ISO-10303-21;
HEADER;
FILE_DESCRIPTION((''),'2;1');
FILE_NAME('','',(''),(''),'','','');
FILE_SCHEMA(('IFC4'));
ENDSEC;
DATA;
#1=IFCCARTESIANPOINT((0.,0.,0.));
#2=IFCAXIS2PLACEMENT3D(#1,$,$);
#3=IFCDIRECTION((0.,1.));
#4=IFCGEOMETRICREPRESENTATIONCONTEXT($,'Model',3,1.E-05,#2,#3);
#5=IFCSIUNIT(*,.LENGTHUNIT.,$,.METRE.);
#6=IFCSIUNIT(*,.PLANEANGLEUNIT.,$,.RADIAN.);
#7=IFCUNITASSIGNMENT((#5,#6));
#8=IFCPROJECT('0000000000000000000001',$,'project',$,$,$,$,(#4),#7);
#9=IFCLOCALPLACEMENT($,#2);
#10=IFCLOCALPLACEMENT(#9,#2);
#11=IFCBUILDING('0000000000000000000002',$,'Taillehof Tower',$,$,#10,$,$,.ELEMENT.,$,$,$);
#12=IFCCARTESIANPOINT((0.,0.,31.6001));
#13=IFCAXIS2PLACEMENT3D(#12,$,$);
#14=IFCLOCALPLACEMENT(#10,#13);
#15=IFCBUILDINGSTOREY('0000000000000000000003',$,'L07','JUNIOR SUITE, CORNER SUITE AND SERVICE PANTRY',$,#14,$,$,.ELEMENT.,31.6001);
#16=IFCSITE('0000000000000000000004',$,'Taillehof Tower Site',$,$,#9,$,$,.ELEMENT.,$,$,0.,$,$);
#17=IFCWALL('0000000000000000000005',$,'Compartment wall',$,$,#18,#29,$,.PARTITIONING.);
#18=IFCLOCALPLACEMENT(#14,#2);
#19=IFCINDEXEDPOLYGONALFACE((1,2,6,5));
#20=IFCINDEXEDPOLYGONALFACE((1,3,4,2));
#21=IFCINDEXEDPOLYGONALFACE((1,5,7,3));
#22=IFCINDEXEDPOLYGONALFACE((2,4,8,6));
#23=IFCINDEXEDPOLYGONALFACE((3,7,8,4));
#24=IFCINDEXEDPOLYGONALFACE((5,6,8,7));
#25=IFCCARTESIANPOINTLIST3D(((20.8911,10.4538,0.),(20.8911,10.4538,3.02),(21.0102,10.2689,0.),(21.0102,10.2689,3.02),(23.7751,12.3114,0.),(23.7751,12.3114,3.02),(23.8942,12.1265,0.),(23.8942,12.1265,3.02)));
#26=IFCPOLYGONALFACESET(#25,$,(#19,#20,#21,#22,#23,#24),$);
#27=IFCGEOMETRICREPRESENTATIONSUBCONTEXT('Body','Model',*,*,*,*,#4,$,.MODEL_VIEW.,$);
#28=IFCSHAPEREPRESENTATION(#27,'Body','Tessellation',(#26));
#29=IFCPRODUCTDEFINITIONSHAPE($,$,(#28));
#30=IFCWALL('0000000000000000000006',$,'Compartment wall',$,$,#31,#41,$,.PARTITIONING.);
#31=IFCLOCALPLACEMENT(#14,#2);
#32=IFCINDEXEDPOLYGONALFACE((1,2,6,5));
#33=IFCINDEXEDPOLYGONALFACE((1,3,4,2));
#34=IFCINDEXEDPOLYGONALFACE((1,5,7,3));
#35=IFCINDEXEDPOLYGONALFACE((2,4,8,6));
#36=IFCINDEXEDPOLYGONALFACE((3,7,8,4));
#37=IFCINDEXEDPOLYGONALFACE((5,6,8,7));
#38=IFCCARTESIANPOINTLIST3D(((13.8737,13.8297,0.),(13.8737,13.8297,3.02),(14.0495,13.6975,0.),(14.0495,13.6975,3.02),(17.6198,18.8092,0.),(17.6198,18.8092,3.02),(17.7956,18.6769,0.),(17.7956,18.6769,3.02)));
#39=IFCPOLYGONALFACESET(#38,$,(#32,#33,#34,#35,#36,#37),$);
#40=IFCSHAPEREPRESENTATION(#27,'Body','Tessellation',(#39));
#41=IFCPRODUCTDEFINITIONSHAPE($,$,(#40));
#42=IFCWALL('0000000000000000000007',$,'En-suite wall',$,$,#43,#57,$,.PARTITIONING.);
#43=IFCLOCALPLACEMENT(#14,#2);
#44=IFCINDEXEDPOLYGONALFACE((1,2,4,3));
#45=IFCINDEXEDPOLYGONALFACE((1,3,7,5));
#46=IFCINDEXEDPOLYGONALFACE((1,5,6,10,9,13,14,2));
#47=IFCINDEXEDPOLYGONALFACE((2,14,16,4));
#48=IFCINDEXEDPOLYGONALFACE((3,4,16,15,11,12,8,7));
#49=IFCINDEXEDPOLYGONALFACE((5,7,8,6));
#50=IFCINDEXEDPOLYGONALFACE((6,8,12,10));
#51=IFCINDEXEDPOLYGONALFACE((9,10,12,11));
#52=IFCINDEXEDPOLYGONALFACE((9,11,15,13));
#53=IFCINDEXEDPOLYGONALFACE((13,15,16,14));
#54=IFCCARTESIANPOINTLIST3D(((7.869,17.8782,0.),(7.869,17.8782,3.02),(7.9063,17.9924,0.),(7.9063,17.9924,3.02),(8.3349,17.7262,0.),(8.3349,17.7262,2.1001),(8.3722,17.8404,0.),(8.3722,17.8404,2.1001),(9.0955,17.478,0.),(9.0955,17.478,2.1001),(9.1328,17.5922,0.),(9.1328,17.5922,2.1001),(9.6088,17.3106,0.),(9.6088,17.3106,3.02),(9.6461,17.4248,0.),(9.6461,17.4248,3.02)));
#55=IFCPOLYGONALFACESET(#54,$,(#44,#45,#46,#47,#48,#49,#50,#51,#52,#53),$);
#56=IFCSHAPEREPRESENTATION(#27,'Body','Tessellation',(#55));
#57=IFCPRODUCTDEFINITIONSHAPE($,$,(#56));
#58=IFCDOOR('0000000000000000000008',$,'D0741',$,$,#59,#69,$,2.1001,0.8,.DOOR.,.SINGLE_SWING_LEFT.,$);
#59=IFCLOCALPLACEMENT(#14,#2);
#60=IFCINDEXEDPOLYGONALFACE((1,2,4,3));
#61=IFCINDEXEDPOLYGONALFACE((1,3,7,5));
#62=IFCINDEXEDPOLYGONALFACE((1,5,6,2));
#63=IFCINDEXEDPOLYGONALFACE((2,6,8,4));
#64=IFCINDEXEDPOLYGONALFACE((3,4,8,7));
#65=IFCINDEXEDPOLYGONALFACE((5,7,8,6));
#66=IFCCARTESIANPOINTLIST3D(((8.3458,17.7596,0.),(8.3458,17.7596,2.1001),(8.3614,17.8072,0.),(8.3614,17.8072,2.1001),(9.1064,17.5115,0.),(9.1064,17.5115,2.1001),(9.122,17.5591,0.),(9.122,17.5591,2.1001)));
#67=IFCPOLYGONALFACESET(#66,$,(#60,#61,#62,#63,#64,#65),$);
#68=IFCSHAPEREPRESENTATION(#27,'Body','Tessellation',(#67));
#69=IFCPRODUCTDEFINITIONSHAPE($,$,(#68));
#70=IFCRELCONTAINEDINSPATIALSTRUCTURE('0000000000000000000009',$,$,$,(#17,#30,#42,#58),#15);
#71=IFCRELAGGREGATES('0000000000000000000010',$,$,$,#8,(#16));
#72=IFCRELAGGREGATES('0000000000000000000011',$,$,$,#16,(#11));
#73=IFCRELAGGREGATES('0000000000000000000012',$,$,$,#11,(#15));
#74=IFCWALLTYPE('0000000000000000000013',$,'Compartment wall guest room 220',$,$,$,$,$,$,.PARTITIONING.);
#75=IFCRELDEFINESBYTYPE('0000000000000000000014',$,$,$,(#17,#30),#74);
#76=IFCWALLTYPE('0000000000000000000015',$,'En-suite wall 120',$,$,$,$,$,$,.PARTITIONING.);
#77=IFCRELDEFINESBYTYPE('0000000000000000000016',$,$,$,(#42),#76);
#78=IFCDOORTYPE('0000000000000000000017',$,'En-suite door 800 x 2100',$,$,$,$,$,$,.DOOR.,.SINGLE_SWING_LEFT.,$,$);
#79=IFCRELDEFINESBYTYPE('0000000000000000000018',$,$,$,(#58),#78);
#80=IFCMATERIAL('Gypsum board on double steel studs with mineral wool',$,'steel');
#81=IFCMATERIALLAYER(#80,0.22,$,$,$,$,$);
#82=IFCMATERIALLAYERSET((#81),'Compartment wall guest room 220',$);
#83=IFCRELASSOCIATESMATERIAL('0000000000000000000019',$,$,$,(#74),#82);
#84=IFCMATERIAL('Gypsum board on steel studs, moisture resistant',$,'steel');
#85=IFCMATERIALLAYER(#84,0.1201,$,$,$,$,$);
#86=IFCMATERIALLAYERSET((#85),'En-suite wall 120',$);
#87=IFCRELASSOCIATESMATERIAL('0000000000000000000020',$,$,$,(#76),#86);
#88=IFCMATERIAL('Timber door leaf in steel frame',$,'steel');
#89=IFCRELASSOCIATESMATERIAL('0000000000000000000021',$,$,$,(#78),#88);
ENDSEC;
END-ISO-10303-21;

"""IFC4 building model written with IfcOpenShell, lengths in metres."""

from ifc_helpers import new_model, si_unit, direction, frame, frame_2d, origin, place, context, subcontext, project, spatial, rectangle, extrude, material, layer, layer_set, type_object, element, fill, save


model = new_model("IFC4")

# Units and contexts
model_context = context("Model", 3, precision=1e-05, world=origin(), true_north=direction((0.0, 1.0)))
body_context = subcontext(model_context, "Body", "Model", "MODEL_VIEW")
ifc_project = project(units=[si_unit("LENGTHUNIT", "METRE"), si_unit("PLANEANGLEUNIT", "RADIAN")], contexts=[model_context])

# Site, building, storey
site_placement = place(None, origin())
site = spatial("IfcSite", under=ifc_project, at=site_placement, Name="Taillehof Tower Site", CompositionType="ELEMENT", RefElevation=0.0)
building_placement = place(site_placement, origin())
building = spatial("IfcBuilding", under=site, at=building_placement, Name="Taillehof Tower", CompositionType="ELEMENT")
storey_placement = place(building_placement, frame((0.0, 0.0, 31.6001)))
storey = spatial("IfcBuildingStorey", under=building, at=storey_placement, Name="L07", Description="JUNIOR SUITE, CORNER SUITE AND SERVICE PANTRY", CompositionType="ELEMENT", Elevation=31.6001)

# Walls
ifc_material_1 = material(Name="Gypsum board on double steel studs with mineral wool", Category="steel")
ifc_layer_1 = layer(ifc_material_1, 0.22)
ifc_layer_set_1 = layer_set([ifc_layer_1], Name="Compartment wall guest room 220")
wall_type_1 = type_object("IfcWallType", Name="Compartment wall guest room 220", PredefinedType="PARTITIONING", material=ifc_layer_set_1)
wall_1_placement = place(storey_placement, frame((23.8347, 12.219, 0.0), z_axis=(0.0, 0.0, 1.0), x_axis=(-0.840695, -0.541509, 0.0)))
element("IfcWall", 1, at=wall_1_placement, inside=storey, type_object=wall_type_1, Name="Compartment wall", PredefinedType="PARTITIONING", context=body_context, shape_type="SweptSolid", body=[
    extrude(rectangle(XDim=3.4304, YDim=0.22, at=frame_2d((1.7153, 0.0))), origin(), (0.0, 0.0, 1.0), 3.02),
])
wall_2_placement = place(storey_placement, frame((17.7078, 18.7432, 0.0), z_axis=(0.0, 0.0, 1.0), x_axis=(-0.601178, -0.799115, 0.0)))
element("IfcWall", 2, at=wall_2_placement, inside=storey, type_object=wall_type_1, Name="Compartment wall", PredefinedType="PARTITIONING", context=body_context, shape_type="SweptSolid", body=[
    extrude(rectangle(XDim=6.2312, YDim=0.22, at=frame_2d((3.1157, 0.0))), origin(), (0.0, 0.0, 1.0), 3.02),
])

# Wall, opening, door
ifc_material_2 = material(Name="Gypsum board on steel studs, moisture resistant", Category="steel")
ifc_layer_2 = layer(ifc_material_2, 0.1201)
ifc_layer_set_2 = layer_set([ifc_layer_2], Name="En-suite wall 120")
wall_type_2 = type_object("IfcWallType", Name="En-suite wall 120", PredefinedType="PARTITIONING", material=ifc_layer_set_2)
wall_3_placement = place(storey_placement, frame((9.6274, 17.3677, 0.0), z_axis=(0.0, 0.0, 1.0), x_axis=(-0.950679, 0.310178, 0.0)))
wall_3 = element("IfcWall", 3, at=wall_3_placement, inside=storey, type_object=wall_type_2, Name="En-suite wall", PredefinedType="PARTITIONING", context=body_context, shape_type="SweptSolid", body=[
    extrude(rectangle(XDim=1.8301, YDim=0.1201, at=frame_2d((0.915, 0.0))), origin(), (0.0, 0.0, 1.0), 3.02),
])
opening_1_placement = place(wall_3_placement, frame((0.54, 0.0, 0.0)))
opening_1 = element("IfcOpeningElement", 4, at=opening_1_placement, cuts=wall_3, PredefinedType="OPENING", context=body_context, shape_type="SweptSolid", body=[
    extrude(rectangle(XDim=0.8, YDim=2.1001, at=frame_2d((0.3999, 1.05))), frame((0.0, 0.0701, 0.0), z_axis=(0.0, -1.0, 0.0), x_axis=(1.0, 0.0, 0.0)), (0.0, 0.0, 1.0), 0.1401),
])
ifc_material_3 = material(Name="Timber door leaf in steel frame", Category="steel")
door_type_1 = type_object("IfcDoorType", Name="En-suite door 800 x 2100", OperationType="SINGLE_SWING_LEFT", PredefinedType="DOOR", material=ifc_material_3)
door_1_placement = place(opening_1_placement, origin())
door_1 = element("IfcDoor", 5, at=door_1_placement, inside=storey, type_object=door_type_1, Name="D0741", OperationType="SINGLE_SWING_LEFT", OverallHeight=2.1001, OverallWidth=0.8, PredefinedType="DOOR", context=body_context, shape_type="SweptSolid", body=[
    extrude(rectangle(XDim=0.8, YDim=2.1001, at=frame_2d((0.3999, 1.05))), frame((0.0, 0.0249, 0.0), z_axis=(0.0, -1.0, 0.0), x_axis=(1.0, 0.0, 0.0)), (0.0, 0.0, 1.0), 0.05),
])
fill(opening_1, door_1)

save(model, "model.ifc")
